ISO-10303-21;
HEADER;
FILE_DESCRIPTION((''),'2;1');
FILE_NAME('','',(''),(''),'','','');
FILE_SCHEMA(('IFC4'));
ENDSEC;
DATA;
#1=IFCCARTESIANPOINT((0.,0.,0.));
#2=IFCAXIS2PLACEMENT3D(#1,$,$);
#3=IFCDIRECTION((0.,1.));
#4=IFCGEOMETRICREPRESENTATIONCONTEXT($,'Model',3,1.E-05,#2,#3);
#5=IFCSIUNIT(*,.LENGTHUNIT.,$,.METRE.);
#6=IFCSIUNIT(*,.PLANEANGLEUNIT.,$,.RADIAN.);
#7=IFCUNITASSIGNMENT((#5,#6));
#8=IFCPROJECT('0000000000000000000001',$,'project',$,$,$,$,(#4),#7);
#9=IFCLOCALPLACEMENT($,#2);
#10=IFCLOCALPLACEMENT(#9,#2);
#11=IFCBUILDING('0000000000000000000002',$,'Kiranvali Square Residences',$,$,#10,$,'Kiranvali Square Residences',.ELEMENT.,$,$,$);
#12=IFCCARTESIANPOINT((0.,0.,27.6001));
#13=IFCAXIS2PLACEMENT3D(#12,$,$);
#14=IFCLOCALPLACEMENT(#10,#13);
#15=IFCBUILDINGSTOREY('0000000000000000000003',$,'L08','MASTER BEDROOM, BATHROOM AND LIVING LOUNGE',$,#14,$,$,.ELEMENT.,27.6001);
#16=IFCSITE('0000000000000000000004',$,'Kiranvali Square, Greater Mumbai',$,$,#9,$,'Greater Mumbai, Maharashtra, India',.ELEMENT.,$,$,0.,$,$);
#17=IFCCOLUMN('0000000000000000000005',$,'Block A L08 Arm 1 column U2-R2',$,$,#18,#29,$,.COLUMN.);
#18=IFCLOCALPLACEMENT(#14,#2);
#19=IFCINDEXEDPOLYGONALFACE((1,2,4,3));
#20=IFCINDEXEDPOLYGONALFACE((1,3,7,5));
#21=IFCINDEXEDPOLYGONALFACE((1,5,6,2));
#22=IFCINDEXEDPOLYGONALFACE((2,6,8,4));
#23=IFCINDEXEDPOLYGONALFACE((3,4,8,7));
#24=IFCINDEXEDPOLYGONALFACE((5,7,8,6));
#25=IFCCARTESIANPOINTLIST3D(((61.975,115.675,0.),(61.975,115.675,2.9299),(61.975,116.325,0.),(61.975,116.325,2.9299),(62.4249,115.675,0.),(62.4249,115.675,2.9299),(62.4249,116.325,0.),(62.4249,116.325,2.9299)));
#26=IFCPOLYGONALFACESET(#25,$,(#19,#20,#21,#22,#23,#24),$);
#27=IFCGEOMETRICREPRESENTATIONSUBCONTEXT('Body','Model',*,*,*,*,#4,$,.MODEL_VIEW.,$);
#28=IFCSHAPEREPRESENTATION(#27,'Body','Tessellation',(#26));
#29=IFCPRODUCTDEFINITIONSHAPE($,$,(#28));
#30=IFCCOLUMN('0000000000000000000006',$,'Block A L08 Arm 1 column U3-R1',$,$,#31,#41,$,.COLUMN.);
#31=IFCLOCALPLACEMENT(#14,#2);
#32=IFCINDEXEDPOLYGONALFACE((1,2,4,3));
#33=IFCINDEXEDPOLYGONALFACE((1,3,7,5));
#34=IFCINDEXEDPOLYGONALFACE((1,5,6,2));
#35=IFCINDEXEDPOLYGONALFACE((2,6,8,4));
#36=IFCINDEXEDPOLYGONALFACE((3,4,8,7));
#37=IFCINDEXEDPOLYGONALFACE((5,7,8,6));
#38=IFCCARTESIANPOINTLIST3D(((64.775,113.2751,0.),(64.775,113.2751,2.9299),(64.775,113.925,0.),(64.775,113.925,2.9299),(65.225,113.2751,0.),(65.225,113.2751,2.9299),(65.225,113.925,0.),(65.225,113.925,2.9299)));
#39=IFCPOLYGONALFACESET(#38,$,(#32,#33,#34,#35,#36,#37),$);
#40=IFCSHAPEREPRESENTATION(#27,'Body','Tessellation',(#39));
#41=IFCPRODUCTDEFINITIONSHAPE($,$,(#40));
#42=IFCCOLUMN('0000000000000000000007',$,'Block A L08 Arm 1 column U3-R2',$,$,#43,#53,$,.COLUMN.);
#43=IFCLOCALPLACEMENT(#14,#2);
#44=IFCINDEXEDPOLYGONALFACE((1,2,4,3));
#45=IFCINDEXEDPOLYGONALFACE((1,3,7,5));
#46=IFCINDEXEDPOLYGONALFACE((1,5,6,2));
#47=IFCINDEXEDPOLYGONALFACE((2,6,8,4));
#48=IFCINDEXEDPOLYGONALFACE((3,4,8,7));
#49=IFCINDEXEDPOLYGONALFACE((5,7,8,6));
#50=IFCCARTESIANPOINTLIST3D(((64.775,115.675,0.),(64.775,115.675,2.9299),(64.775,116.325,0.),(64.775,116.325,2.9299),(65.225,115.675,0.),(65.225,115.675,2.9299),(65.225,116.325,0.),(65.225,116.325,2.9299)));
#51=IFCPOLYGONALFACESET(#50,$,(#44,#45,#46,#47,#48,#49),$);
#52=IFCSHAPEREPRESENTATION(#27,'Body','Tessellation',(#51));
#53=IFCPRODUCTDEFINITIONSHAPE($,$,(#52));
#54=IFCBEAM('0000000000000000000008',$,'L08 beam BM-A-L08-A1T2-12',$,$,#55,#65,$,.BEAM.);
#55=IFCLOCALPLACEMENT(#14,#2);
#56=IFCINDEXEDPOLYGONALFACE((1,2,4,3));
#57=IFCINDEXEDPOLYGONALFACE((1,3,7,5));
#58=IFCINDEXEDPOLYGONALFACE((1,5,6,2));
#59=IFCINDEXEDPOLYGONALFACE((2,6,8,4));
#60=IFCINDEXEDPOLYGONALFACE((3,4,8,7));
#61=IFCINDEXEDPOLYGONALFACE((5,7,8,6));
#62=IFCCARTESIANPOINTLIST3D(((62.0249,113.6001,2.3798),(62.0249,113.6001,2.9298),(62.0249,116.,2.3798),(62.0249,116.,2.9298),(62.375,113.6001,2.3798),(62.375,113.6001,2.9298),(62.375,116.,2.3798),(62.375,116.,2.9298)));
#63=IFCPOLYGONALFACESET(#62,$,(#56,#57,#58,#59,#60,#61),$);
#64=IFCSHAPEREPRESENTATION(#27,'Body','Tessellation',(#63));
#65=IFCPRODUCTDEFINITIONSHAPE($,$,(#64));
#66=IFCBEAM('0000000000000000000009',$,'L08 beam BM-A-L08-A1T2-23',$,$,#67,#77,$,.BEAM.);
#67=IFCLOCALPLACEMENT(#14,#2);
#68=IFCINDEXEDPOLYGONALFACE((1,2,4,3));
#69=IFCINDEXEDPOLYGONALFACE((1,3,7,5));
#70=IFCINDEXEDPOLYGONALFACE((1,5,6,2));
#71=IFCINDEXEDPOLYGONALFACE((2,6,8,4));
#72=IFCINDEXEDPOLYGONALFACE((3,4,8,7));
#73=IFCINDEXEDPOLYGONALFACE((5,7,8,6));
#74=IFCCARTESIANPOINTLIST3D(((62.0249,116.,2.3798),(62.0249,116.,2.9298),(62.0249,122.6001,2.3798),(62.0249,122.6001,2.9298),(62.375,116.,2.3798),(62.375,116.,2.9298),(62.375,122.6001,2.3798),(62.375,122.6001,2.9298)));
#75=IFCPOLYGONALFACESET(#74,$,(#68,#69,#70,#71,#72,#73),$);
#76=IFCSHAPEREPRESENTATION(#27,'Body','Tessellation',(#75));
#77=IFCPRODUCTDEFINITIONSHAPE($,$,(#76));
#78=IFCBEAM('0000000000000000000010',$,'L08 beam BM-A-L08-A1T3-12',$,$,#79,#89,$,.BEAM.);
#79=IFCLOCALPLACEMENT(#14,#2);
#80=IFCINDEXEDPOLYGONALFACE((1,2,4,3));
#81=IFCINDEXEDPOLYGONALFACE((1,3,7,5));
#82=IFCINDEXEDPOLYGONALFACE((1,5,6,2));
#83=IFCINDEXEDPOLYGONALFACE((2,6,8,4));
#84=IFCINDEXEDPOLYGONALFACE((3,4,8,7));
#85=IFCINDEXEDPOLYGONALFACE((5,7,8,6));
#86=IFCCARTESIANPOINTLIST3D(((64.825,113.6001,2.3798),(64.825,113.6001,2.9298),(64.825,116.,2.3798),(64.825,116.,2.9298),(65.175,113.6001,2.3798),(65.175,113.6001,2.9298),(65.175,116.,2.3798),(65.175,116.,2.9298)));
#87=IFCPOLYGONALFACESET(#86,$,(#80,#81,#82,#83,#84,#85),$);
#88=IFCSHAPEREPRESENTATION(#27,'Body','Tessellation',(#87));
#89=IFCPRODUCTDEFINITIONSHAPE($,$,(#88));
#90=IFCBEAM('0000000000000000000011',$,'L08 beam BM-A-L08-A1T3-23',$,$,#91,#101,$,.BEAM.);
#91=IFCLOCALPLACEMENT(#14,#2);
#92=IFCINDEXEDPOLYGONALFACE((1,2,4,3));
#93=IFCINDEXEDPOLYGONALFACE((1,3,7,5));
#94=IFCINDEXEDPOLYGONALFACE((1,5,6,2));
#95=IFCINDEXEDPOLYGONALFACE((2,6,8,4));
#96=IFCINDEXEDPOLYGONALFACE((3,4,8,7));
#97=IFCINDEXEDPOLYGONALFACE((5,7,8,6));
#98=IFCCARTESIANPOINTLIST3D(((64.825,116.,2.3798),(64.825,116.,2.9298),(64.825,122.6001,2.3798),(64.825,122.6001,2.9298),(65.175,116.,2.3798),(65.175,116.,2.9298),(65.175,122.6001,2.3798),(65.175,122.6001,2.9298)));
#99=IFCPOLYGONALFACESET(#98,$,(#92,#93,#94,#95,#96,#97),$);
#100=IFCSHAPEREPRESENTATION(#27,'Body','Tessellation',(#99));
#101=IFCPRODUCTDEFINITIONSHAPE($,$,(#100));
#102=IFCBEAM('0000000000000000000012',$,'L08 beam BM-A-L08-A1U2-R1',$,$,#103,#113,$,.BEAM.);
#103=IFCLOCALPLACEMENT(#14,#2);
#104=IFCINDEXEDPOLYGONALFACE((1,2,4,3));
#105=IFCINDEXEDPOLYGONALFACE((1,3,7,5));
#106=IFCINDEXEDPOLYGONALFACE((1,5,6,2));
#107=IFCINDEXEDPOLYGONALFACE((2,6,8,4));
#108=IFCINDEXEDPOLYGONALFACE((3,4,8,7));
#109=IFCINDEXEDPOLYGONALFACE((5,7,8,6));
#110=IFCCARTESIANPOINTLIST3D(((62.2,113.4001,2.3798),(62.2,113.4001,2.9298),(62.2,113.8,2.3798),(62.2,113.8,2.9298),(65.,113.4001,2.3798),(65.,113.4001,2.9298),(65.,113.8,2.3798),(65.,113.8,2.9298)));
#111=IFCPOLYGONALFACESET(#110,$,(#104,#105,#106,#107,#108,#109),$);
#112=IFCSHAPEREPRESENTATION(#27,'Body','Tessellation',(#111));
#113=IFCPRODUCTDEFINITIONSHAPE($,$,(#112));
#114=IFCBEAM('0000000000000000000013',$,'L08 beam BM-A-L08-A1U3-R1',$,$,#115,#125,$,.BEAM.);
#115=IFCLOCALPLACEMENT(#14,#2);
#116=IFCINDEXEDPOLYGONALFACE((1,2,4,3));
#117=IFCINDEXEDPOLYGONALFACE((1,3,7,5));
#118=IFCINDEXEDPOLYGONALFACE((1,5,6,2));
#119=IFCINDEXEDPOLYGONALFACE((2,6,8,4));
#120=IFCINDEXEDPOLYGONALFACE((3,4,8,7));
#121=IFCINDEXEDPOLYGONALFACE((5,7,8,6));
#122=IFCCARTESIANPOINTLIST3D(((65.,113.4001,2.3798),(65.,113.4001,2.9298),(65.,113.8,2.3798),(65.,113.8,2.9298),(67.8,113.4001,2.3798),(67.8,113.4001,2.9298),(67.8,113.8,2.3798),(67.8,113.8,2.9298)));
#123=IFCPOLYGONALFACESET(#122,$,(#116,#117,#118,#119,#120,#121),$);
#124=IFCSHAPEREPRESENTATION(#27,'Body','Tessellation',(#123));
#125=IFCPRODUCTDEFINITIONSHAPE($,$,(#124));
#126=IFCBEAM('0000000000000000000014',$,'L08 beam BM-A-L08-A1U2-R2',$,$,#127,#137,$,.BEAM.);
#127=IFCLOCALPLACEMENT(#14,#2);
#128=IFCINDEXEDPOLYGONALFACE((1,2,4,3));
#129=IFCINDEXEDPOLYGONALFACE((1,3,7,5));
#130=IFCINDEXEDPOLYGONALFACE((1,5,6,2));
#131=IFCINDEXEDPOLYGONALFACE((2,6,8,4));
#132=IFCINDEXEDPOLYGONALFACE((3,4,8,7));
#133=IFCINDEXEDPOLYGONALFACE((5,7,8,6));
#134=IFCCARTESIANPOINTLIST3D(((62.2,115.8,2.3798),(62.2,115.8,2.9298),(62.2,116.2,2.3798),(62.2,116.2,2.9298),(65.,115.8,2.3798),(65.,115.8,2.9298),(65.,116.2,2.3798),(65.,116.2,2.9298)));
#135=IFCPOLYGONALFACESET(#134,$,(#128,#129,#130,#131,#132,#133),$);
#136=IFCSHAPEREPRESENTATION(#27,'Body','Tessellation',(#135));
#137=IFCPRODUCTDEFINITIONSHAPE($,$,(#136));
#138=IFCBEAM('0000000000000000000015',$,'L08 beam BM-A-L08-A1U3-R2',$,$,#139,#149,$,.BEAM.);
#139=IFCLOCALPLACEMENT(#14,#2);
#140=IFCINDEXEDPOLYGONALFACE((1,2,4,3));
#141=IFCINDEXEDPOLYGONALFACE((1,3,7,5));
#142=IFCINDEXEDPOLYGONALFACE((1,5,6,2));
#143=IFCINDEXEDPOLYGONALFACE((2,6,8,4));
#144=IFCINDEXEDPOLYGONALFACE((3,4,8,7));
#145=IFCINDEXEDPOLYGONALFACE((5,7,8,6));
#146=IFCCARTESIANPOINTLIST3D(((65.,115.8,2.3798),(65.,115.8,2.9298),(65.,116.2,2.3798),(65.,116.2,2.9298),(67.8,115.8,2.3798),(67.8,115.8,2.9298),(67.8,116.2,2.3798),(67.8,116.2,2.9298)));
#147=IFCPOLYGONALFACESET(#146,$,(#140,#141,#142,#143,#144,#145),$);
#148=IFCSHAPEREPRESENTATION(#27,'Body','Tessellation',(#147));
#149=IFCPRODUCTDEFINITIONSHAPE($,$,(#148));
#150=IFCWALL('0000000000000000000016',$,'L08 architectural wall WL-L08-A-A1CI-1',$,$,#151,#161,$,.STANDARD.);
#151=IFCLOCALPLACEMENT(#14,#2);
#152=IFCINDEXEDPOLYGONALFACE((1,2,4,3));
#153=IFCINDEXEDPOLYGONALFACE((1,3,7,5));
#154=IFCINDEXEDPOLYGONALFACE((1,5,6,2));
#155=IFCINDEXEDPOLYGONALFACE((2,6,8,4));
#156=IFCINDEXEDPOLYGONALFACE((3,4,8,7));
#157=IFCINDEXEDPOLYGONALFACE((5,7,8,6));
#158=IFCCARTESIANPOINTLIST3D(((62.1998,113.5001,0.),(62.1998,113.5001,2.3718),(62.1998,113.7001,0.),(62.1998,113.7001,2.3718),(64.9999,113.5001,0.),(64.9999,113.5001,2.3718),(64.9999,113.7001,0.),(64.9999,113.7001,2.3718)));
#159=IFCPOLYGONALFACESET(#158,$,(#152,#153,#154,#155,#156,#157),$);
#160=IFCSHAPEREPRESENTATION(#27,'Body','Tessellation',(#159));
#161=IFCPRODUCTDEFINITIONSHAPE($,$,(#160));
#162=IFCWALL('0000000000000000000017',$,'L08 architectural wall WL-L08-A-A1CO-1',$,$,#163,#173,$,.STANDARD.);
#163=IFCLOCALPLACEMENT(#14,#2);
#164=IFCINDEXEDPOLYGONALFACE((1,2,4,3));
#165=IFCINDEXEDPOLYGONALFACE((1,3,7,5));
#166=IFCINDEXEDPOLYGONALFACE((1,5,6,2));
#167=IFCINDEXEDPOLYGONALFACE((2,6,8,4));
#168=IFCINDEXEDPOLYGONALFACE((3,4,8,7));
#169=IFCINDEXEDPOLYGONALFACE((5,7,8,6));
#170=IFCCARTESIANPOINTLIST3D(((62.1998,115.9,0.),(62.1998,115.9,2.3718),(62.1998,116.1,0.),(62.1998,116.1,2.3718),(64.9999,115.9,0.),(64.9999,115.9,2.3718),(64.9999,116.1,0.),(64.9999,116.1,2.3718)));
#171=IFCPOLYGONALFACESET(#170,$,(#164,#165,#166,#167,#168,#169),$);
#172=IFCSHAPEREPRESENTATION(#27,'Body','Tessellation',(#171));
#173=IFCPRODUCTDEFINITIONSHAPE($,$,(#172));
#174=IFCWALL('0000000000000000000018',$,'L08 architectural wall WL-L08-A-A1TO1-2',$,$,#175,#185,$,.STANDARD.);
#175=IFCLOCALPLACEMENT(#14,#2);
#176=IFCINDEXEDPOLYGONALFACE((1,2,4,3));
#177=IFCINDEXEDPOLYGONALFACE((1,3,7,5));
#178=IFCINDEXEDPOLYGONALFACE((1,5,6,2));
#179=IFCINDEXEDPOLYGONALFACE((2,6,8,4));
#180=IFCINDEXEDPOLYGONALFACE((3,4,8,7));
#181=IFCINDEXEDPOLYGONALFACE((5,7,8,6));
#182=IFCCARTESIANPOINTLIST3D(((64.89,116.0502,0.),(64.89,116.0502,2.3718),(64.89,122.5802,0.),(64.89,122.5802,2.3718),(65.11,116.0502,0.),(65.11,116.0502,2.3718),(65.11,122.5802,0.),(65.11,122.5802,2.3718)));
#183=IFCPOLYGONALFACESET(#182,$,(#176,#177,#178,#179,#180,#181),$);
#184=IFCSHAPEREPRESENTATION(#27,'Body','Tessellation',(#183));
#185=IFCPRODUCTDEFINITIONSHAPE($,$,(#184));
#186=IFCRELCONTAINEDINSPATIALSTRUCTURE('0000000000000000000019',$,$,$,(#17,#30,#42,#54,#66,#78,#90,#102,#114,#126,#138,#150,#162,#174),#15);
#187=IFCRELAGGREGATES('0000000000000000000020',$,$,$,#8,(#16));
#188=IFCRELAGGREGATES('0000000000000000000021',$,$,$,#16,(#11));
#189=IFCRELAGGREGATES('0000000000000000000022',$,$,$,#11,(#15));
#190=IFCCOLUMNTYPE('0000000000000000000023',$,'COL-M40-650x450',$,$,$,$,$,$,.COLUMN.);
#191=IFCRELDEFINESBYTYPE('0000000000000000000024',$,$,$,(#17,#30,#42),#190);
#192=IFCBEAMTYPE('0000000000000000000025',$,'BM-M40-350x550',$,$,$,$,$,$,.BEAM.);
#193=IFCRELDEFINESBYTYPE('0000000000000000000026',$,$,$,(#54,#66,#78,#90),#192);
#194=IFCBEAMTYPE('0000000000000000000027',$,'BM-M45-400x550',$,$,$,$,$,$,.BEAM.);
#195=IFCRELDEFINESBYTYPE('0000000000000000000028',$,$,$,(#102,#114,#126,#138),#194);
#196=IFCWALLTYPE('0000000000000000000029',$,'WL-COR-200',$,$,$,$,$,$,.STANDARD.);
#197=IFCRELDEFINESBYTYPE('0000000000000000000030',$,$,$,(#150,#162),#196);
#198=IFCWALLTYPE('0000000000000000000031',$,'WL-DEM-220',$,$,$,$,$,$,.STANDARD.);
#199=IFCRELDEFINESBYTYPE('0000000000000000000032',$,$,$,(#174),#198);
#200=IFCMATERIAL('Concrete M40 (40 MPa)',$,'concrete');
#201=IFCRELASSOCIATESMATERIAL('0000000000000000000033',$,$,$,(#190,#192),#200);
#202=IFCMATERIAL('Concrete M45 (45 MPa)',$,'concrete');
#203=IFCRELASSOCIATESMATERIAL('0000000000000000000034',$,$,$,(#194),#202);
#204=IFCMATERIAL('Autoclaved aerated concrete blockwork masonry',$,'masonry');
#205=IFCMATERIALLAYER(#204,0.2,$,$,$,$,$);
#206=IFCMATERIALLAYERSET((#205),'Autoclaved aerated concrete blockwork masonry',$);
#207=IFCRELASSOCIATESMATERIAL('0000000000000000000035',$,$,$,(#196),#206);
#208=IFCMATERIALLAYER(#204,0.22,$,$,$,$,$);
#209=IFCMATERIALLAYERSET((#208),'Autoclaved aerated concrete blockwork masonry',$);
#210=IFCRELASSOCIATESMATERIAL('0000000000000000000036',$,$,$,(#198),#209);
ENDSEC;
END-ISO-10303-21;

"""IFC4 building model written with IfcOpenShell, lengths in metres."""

from ifc_helpers import new_model, si_unit, direction, frame, frame_2d, origin, origin_2d, place, context, subcontext, project, spatial, rectangle, extrude, material, layer, layer_set, material_profile, profile_set, type_object, element, save


model = new_model("IFC4")

# Units and contexts
model_context = context("Model", 3, precision=1e-05, world=origin(), true_north=direction((0.0, 1.0)))
body_context = subcontext(model_context, "Body", "Model", "MODEL_VIEW")
ifc_project = project(units=[si_unit("LENGTHUNIT", "METRE"), si_unit("PLANEANGLEUNIT", "RADIAN")], contexts=[model_context])

# Site, building, storey
site_placement = place(None, origin())
site = spatial("IfcSite", under=ifc_project, at=site_placement, Name="Kiranvali Square, Greater Mumbai", LongName="Greater Mumbai, Maharashtra, India", CompositionType="ELEMENT", RefElevation=0.0)
building_placement = place(site_placement, origin())
building = spatial("IfcBuilding", under=site, at=building_placement, Name="Kiranvali Square Residences", LongName="Kiranvali Square Residences", CompositionType="ELEMENT")
storey_placement = place(building_placement, frame((0.0, 0.0, 27.6001)))
storey = spatial("IfcBuildingStorey", under=building, at=storey_placement, Name="L08", Description="MASTER BEDROOM, BATHROOM AND LIVING LOUNGE", CompositionType="ELEMENT", Elevation=27.6001)

# Columns
ifc_material_1 = material(Name="Concrete M40 (40 MPa)", Category="concrete")
ifc_material_profile_1 = material_profile(ifc_material_1, rectangle(XDim=0.45, YDim=0.6499, at=origin_2d()), Name="RC 650x450")
ifc_profile_set_1 = profile_set([ifc_material_profile_1], Name="Concrete M40 (40 MPa)")
column_type = type_object("IfcColumnType", Name="COL-M40-650x450", PredefinedType="COLUMN", material=ifc_profile_set_1)
for number, where, z_axis, x_axis, name in (
    (1, (62.2, 116.0, 0.0), (0.0, 0.0, 1.0), (1.0, 0.0, 0.0), "Block A L08 Arm 1 column U2-R2"),
    (2, (65.0, 113.6001, 0.0), (0.0, 0.0, 1.0), (1.0, 0.0, 0.0), "Block A L08 Arm 1 column U3-R1"),
    (3, (65.0, 116.0, 0.0), (0.0, 0.0, 1.0), (1.0, 0.0, 0.0), "Block A L08 Arm 1 column U3-R2"),
):
    element("IfcColumn", number, at=place(storey_placement, frame(where, z_axis=z_axis, x_axis=x_axis)), inside=storey, type_object=column_type, Name=name, PredefinedType="COLUMN", context=body_context, shape_type="SweptSolid", body=[
        extrude(rectangle(XDim=0.45, YDim=0.6499, at=origin_2d()), origin(), (0.0, 0.0, 1.0), 2.9299),
    ])

# Beams
ifc_material_profile_2 = material_profile(ifc_material_1, rectangle(XDim=0.3501, YDim=0.55, at=origin_2d()), Name="RC 350x550")
ifc_profile_set_2 = profile_set([ifc_material_profile_2], Name="Concrete M40 (40 MPa)")
beam_type_1 = type_object("IfcBeamType", Name="BM-M40-350x550", PredefinedType="BEAM", material=ifc_profile_set_2)
beam_1_placement = place(storey_placement, frame((62.2, 113.6001, 2.6548), z_axis=(0.0, 1.0, 0.0), x_axis=(-1.0, 0.0, 0.0)))
element("IfcBeam", 4, at=beam_1_placement, inside=storey, type_object=beam_type_1, Name="L08 beam BM-A-L08-A1T2-12", PredefinedType="BEAM", context=body_context, shape_type="SweptSolid", body=[
    extrude(rectangle(XDim=0.3501, YDim=0.55, at=origin_2d()), origin(), (0.0, 0.0, 1.0), 2.3999),
])
beam_2_placement = place(storey_placement, frame((62.2, 116.0, 2.6548), z_axis=(0.0, 1.0, 0.0), x_axis=(-1.0, 0.0, 0.0)))
element("IfcBeam", 5, at=beam_2_placement, inside=storey, type_object=beam_type_1, Name="L08 beam BM-A-L08-A1T2-23", PredefinedType="BEAM", context=body_context, shape_type="SweptSolid", body=[
    extrude(rectangle(XDim=0.3501, YDim=0.55, at=origin_2d()), origin(), (0.0, 0.0, 1.0), 6.6001),
])
beam_3_placement = place(storey_placement, frame((65.0, 113.6001, 2.6548), z_axis=(0.0, 1.0, 0.0), x_axis=(-1.0, 0.0, 0.0)))
element("IfcBeam", 6, at=beam_3_placement, inside=storey, type_object=beam_type_1, Name="L08 beam BM-A-L08-A1T3-12", PredefinedType="BEAM", context=body_context, shape_type="SweptSolid", body=[
    extrude(rectangle(XDim=0.3501, YDim=0.55, at=origin_2d()), origin(), (0.0, 0.0, 1.0), 2.3999),
])
beam_4_placement = place(storey_placement, frame((65.0, 116.0, 2.6548), z_axis=(0.0, 1.0, 0.0), x_axis=(-1.0, 0.0, 0.0)))
element("IfcBeam", 7, at=beam_4_placement, inside=storey, type_object=beam_type_1, Name="L08 beam BM-A-L08-A1T3-23", PredefinedType="BEAM", context=body_context, shape_type="SweptSolid", body=[
    extrude(rectangle(XDim=0.3501, YDim=0.55, at=origin_2d()), origin(), (0.0, 0.0, 1.0), 6.6001),
])
ifc_material_2 = material(Name="Concrete M45 (45 MPa)", Category="concrete")
ifc_material_profile_3 = material_profile(ifc_material_2, rectangle(XDim=0.3999, YDim=0.55, at=origin_2d()), Name="RC 400x550")
ifc_profile_set_3 = profile_set([ifc_material_profile_3], Name="Concrete M45 (45 MPa)")
beam_type_2 = type_object("IfcBeamType", Name="BM-M45-400x550", PredefinedType="BEAM", material=ifc_profile_set_3)
for number, where, z_axis, x_axis, name in (
    (8, (62.2, 113.6001, 2.6548), (1.0, 0.0, 0.0), (0.0, 1.0, 0.0), "L08 beam BM-A-L08-A1U2-R1"),
    (9, (65.0, 113.6001, 2.6548), (1.0, 0.0, 0.0), (0.0, 1.0, 0.0), "L08 beam BM-A-L08-A1U3-R1"),
    (10, (62.2, 116.0, 2.6548), (1.0, 0.0, 0.0), (0.0, 1.0, 0.0), "L08 beam BM-A-L08-A1U2-R2"),
    (11, (65.0, 116.0, 2.6548), (1.0, 0.0, 0.0), (0.0, 1.0, 0.0), "L08 beam BM-A-L08-A1U3-R2"),
):
    element("IfcBeam", number, at=place(storey_placement, frame(where, z_axis=z_axis, x_axis=x_axis)), inside=storey, type_object=beam_type_2, Name=name, PredefinedType="BEAM", context=body_context, shape_type="SweptSolid", body=[
        extrude(rectangle(XDim=0.3999, YDim=0.55, at=origin_2d()), origin(), (0.0, 0.0, 1.0), 2.8),
    ])

# Walls
ifc_material_3 = material(Name="Autoclaved aerated concrete blockwork masonry", Category="masonry")
ifc_layer_1 = layer(ifc_material_3, 0.2)
ifc_layer_set_1 = layer_set([ifc_layer_1], Name="Autoclaved aerated concrete blockwork masonry")
wall_type_1 = type_object("IfcWallType", Name="WL-COR-200", PredefinedType="STANDARD", material=ifc_layer_set_1)
for number, where, z_axis, x_axis, name in (
    (12, (62.2, 113.6001, 0.0), (0.0, 0.0, 1.0), (1.0, 0.0, 0.0), "L08 architectural wall WL-L08-A-A1CI-1"),
    (13, (62.2, 116.0, 0.0), (0.0, 0.0, 1.0), (1.0, 0.0, 0.0), "L08 architectural wall WL-L08-A-A1CO-1"),
):
    element("IfcWall", number, at=place(storey_placement, frame(where, z_axis=z_axis, x_axis=x_axis)), inside=storey, type_object=wall_type_1, Name=name, PredefinedType="STANDARD", context=body_context, shape_type="SweptSolid", body=[
        extrude(rectangle(XDim=2.8, YDim=0.2, at=frame_2d((1.3999, 0.0))), origin(), (0.0, 0.0, 1.0), 2.3718),
    ])

# Wall
ifc_layer_2 = layer(ifc_material_3, 0.22)
ifc_layer_set_2 = layer_set([ifc_layer_2], Name="Autoclaved aerated concrete blockwork masonry")
wall_type_2 = type_object("IfcWallType", Name="WL-DEM-220", PredefinedType="STANDARD", material=ifc_layer_set_2)
wall_1_placement = place(storey_placement, frame((65.0, 116.05, 0.0), z_axis=(0.0, 0.0, 1.0), x_axis=(0.0, 1.0, 0.0)))
element("IfcWall", 14, at=wall_1_placement, inside=storey, type_object=wall_type_2, Name="L08 architectural wall WL-L08-A-A1TO1-2", PredefinedType="STANDARD", context=body_context, shape_type="SweptSolid", body=[
    extrude(rectangle(XDim=6.53, YDim=0.22, at=frame_2d((3.2651, 0.0))), origin(), (0.0, 0.0, 1.0), 2.3718),
])

save(model, "model.ifc")
